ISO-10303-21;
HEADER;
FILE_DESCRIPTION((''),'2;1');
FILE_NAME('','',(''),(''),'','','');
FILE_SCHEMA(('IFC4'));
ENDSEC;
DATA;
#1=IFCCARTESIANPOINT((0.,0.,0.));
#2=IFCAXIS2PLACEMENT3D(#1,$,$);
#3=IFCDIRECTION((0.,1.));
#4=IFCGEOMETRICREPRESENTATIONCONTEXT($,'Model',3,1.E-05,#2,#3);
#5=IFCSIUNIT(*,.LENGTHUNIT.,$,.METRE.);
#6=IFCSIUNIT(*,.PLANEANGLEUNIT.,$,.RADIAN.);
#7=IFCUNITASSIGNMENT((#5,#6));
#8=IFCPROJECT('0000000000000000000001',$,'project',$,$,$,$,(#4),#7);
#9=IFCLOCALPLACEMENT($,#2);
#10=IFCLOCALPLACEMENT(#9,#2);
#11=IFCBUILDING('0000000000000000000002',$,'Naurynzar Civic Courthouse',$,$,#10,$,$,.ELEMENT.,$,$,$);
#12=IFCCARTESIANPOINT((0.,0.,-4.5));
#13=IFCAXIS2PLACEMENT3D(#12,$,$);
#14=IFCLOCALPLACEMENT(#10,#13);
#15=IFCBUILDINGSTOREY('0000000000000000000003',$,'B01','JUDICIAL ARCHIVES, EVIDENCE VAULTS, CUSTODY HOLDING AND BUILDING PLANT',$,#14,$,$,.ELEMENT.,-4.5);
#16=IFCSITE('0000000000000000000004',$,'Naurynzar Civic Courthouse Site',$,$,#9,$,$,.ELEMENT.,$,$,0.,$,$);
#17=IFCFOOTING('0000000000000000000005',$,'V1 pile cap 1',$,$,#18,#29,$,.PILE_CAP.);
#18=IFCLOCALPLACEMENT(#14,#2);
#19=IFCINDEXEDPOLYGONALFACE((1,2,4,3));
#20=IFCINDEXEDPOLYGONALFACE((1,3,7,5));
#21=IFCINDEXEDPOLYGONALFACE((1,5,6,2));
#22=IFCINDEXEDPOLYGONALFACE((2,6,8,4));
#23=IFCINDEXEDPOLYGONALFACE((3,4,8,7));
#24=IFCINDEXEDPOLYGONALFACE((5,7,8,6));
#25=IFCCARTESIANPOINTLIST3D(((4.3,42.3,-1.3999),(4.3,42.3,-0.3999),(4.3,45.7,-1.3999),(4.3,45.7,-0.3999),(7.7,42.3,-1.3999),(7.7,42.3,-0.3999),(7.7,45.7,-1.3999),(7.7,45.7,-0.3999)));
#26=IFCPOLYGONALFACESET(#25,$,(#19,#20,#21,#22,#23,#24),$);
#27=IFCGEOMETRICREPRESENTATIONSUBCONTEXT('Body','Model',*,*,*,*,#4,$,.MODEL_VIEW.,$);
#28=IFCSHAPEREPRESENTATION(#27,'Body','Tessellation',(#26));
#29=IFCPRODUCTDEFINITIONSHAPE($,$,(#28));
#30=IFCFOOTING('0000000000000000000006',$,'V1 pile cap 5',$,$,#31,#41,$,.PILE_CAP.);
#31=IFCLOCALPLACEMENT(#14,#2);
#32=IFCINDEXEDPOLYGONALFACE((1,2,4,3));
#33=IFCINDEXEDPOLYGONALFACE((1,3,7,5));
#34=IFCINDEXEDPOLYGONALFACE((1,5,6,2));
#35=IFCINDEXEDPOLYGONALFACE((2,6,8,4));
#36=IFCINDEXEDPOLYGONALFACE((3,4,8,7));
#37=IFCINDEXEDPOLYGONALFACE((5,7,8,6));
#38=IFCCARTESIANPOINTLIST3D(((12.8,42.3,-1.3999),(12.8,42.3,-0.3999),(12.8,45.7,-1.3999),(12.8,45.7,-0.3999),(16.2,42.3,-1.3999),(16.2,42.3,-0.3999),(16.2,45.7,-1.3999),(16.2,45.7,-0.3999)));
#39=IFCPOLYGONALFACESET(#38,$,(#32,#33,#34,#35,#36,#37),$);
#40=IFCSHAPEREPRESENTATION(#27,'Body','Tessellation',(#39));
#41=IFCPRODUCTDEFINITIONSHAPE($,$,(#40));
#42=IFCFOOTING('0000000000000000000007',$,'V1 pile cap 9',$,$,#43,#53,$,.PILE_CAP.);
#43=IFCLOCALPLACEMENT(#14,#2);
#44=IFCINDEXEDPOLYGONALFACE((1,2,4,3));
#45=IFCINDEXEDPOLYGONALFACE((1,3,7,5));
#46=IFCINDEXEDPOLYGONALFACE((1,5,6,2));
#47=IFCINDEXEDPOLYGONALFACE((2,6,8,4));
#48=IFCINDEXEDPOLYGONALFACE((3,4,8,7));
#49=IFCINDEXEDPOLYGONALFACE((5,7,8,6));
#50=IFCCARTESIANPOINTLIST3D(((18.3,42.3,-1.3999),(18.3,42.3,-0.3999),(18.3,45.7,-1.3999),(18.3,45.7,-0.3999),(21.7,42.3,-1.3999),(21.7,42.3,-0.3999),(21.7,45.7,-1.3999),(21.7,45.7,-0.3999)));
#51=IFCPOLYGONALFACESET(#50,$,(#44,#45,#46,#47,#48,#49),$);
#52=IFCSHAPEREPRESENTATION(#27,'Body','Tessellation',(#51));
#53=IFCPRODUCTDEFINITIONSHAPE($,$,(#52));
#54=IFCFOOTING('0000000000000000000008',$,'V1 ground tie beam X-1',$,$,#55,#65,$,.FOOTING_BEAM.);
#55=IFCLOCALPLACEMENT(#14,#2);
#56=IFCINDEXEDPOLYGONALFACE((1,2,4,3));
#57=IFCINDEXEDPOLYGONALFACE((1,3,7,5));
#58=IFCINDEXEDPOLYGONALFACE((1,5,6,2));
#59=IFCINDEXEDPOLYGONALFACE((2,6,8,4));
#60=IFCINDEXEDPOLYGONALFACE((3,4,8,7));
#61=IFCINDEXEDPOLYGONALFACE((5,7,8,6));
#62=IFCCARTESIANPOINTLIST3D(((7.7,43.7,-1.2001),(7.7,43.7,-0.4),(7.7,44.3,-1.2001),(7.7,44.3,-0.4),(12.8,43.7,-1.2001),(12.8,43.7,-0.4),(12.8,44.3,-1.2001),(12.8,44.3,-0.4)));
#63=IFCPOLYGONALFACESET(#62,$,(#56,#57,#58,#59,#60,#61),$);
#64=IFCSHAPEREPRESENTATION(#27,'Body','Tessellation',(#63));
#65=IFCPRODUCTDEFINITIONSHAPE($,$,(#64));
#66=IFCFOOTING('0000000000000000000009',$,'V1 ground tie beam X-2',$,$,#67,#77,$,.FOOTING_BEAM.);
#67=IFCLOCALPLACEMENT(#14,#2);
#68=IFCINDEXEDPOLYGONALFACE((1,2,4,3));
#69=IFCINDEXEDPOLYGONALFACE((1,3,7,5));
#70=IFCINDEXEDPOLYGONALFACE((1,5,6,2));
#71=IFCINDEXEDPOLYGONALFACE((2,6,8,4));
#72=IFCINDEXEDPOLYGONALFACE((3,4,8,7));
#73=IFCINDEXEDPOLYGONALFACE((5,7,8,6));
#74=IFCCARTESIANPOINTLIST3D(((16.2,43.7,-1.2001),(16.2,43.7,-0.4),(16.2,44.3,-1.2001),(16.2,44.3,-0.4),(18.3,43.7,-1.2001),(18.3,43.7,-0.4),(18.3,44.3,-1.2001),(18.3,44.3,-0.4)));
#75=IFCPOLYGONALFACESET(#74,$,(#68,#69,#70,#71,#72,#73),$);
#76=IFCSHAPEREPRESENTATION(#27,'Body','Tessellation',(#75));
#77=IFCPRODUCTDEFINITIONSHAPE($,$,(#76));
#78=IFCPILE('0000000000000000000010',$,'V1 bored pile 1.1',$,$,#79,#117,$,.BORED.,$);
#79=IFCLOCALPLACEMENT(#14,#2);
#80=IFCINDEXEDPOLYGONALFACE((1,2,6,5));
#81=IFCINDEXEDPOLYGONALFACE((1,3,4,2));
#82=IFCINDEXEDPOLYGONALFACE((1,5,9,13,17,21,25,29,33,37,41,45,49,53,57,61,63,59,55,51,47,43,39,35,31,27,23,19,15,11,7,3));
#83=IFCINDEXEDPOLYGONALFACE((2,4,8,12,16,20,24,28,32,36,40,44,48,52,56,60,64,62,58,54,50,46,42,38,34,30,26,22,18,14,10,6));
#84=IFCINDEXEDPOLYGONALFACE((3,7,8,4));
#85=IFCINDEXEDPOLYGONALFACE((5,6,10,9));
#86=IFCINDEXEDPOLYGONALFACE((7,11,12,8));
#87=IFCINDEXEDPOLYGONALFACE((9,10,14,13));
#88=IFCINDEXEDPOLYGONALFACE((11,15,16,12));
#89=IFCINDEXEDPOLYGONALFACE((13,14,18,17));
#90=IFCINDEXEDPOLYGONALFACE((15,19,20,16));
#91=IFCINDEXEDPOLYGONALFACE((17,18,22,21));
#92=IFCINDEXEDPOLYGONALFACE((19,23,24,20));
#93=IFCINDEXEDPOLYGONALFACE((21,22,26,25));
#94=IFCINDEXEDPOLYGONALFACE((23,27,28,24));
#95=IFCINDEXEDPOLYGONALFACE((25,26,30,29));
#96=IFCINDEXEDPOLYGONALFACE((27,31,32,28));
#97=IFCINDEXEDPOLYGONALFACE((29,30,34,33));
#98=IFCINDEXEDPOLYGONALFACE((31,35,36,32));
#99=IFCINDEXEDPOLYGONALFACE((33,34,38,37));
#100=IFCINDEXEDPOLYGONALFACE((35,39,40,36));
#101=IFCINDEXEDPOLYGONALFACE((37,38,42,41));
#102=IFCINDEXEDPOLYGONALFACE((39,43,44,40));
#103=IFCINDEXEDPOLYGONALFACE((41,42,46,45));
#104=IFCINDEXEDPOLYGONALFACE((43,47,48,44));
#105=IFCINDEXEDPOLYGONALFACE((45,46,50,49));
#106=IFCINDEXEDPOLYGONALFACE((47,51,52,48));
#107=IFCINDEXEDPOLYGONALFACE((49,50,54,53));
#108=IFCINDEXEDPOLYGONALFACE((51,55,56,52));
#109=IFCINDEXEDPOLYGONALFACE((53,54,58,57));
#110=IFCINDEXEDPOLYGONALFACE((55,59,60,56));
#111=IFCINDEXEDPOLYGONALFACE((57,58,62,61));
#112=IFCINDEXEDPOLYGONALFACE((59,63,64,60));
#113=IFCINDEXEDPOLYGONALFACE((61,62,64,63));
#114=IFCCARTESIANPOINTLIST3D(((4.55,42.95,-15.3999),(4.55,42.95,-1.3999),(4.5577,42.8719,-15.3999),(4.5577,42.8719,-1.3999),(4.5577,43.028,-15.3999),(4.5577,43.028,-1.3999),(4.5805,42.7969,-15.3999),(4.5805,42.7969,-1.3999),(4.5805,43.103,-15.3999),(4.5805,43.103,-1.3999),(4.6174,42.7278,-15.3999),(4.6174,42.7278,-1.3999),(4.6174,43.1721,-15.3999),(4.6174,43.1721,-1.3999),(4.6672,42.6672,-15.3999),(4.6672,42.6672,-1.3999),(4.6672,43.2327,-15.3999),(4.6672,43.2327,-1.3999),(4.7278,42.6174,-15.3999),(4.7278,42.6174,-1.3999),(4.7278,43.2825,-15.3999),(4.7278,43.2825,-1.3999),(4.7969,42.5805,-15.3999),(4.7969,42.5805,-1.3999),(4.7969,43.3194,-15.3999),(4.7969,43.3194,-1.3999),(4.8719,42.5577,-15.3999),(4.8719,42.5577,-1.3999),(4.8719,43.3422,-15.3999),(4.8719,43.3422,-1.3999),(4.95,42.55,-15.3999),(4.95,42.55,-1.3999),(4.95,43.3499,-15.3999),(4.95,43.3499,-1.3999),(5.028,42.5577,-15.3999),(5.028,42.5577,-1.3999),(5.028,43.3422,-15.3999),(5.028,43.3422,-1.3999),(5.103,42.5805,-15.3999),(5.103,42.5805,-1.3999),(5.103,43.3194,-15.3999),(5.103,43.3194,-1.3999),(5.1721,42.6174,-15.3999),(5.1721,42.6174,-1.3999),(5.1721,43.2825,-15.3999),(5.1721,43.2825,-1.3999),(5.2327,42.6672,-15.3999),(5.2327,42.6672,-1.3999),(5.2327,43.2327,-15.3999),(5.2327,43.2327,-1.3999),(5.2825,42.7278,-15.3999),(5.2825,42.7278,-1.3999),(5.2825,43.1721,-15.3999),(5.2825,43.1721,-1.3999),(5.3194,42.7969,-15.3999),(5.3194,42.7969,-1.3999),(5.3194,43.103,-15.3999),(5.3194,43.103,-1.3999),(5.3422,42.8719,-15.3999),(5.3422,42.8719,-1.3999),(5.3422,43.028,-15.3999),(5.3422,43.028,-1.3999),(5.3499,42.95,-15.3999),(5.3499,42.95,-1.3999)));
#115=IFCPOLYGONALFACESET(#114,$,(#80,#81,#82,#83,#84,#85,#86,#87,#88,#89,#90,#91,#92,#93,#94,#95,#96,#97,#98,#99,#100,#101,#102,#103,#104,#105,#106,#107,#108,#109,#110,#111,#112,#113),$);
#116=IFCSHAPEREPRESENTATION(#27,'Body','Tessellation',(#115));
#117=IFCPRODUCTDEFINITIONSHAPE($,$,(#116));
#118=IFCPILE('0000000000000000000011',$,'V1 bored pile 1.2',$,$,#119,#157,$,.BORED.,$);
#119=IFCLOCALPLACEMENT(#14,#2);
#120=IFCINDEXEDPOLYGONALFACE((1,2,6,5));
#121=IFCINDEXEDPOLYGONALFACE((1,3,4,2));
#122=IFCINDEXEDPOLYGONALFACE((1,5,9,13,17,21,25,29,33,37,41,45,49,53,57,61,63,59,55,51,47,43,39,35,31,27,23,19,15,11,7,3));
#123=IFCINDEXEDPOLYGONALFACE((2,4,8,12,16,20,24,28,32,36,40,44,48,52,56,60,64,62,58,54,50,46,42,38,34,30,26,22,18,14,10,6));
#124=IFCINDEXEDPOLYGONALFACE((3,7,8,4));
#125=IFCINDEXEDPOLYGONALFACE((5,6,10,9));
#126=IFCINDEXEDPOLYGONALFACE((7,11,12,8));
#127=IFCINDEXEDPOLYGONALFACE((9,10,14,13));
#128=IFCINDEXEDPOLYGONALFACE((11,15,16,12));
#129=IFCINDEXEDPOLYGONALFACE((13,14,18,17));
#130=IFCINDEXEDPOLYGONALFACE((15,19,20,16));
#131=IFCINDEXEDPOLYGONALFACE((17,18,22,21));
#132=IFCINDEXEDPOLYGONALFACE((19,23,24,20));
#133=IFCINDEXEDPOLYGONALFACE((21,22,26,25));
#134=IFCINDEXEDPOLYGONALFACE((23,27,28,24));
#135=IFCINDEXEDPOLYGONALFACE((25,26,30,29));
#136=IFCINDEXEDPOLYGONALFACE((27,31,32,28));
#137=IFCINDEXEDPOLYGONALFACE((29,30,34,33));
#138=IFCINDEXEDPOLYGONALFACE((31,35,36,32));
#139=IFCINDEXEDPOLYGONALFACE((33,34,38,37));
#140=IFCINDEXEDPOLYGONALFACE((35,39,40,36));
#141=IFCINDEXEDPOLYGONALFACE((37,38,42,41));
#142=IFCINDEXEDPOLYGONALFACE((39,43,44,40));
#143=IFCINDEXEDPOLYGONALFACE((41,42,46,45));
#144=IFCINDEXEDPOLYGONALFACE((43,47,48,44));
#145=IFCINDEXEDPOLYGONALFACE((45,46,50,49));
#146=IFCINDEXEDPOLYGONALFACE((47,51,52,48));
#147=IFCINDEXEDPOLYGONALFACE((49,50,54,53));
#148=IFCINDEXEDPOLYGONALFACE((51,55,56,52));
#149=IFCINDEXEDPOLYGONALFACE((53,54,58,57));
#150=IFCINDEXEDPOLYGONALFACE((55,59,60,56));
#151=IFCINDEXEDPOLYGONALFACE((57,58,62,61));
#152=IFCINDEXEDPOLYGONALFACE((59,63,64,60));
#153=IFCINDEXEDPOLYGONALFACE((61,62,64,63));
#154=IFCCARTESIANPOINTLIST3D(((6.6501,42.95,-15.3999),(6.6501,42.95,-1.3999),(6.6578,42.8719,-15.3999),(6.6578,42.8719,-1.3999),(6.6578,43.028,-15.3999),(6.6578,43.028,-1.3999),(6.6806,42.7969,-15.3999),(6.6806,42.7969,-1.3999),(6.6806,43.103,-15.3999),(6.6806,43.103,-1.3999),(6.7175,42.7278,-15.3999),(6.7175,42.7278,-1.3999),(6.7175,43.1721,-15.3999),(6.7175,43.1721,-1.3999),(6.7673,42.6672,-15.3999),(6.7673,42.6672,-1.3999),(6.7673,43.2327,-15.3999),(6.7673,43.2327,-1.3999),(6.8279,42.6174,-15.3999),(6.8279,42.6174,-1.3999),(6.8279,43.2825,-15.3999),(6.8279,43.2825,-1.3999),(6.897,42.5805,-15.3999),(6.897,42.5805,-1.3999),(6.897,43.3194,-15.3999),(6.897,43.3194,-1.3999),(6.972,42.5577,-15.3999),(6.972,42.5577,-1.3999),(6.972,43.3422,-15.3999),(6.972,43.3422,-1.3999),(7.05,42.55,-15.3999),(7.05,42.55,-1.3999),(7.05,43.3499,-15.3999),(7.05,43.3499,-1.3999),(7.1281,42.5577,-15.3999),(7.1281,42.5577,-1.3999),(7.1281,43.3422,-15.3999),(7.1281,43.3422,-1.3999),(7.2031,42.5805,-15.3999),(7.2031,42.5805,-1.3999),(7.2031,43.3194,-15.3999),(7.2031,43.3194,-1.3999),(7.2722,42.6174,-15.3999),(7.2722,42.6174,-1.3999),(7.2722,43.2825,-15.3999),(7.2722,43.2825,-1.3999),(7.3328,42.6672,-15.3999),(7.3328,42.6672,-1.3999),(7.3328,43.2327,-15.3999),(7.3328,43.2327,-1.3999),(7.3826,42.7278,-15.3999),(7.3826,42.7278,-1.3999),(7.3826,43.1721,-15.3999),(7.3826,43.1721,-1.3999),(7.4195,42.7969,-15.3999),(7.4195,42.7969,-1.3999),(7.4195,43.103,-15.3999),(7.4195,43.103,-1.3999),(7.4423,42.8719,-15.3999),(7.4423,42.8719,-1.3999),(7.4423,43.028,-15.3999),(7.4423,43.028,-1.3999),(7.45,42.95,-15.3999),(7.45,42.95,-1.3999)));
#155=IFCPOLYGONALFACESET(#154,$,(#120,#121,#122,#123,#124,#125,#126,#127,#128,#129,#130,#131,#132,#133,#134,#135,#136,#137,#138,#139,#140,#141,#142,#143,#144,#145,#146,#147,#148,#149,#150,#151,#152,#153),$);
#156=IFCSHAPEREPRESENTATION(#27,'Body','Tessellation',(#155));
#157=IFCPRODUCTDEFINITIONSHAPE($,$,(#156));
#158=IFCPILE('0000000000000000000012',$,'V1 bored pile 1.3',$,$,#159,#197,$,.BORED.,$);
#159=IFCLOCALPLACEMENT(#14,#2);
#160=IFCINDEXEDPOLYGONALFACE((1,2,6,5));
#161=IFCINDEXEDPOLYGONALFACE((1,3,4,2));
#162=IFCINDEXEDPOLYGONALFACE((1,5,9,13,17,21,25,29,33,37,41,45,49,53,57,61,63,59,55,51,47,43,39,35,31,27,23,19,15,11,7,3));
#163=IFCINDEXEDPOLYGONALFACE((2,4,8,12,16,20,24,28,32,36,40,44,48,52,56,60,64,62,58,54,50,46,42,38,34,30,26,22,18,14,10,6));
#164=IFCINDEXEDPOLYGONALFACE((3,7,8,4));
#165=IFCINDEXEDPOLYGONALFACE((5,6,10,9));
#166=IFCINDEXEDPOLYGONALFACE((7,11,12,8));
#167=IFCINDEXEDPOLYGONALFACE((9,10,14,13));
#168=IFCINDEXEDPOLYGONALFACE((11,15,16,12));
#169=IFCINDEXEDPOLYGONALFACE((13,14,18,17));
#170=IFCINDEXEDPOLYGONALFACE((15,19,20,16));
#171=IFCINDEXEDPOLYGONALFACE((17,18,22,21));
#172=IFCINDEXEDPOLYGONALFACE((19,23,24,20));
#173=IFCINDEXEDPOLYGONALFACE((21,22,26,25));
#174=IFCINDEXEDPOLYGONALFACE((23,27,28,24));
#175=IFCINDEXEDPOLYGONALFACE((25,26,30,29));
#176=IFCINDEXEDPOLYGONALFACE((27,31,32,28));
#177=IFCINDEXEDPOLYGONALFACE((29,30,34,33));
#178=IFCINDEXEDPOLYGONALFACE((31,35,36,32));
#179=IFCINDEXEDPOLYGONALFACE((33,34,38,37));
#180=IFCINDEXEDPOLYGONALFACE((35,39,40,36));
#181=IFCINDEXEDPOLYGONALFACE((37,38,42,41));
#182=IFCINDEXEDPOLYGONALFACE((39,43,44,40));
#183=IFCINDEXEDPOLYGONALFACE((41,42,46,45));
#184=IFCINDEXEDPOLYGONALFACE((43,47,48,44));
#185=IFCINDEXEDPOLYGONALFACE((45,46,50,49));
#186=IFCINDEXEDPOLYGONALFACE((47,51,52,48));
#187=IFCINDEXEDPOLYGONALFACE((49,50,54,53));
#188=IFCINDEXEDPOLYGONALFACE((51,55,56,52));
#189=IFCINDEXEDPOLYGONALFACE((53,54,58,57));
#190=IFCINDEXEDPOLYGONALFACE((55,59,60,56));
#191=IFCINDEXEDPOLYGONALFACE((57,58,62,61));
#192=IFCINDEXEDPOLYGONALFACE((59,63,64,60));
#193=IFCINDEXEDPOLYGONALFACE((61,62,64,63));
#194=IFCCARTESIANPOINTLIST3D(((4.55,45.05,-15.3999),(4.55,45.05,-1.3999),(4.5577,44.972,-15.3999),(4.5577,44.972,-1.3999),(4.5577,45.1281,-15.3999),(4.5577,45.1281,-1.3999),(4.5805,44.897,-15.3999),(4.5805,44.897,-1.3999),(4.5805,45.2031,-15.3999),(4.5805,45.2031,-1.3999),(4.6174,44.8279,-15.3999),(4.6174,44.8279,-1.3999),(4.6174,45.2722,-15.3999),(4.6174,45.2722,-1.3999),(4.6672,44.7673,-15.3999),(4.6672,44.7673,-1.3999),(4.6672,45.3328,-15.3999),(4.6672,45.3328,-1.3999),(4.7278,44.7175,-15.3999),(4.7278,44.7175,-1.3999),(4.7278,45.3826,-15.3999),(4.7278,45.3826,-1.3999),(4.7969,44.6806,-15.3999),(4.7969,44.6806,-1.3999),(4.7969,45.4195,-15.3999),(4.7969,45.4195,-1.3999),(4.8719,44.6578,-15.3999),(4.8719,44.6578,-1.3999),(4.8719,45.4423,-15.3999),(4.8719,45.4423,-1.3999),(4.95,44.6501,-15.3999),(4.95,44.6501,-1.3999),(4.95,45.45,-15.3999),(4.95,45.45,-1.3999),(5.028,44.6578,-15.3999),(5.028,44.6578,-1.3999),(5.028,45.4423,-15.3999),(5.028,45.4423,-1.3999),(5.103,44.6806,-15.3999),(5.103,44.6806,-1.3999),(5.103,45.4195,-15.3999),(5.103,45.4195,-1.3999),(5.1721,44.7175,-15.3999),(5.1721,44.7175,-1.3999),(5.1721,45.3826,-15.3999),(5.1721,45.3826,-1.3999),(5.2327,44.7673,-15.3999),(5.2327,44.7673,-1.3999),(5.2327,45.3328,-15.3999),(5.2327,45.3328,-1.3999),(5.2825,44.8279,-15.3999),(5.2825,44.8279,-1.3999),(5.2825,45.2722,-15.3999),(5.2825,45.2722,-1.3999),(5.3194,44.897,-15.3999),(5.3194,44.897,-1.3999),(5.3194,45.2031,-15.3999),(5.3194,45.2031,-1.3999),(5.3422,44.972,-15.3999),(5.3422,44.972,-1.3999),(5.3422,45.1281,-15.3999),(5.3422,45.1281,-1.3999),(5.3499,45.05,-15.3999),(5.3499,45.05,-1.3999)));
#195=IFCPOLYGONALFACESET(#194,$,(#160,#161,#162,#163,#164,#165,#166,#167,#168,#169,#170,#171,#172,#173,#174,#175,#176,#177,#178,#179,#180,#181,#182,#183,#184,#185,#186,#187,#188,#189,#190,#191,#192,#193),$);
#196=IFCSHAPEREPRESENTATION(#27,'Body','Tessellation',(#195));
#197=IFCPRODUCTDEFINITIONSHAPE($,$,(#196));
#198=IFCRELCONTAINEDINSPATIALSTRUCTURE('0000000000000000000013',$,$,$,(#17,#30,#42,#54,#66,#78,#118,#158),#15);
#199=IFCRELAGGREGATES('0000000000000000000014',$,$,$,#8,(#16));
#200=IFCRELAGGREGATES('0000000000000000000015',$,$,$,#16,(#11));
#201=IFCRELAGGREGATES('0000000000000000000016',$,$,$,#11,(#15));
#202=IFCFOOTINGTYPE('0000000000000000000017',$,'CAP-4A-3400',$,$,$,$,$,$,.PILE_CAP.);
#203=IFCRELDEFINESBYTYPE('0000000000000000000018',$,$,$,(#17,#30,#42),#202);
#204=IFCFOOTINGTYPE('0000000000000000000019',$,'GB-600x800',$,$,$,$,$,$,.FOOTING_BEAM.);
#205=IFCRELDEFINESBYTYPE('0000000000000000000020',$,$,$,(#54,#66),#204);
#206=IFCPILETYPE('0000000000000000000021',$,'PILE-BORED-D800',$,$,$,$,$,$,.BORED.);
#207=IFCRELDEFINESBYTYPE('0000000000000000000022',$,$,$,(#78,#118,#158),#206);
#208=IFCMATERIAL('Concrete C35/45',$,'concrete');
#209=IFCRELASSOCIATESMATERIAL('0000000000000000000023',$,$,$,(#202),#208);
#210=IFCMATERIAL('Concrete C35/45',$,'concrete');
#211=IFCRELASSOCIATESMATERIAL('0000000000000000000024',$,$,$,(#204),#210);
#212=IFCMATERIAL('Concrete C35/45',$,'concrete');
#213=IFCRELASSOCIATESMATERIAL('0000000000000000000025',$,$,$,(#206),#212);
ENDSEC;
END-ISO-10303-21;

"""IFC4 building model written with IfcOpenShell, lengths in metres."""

from ifc_helpers import new_model, si_unit, direction, frame, origin, origin_2d, place, context, subcontext, project, spatial, rectangle, circle, extrude, material, material_profile, profile_set, type_object, element, save


model = new_model("IFC4")

# Units and contexts
model_context = context("Model", 3, precision=1e-05, world=origin(), true_north=direction((0.0, 1.0)))
body_context = subcontext(model_context, "Body", "Model", "MODEL_VIEW")
ifc_project = project(units=[si_unit("LENGTHUNIT", "METRE"), si_unit("PLANEANGLEUNIT", "RADIAN")], contexts=[model_context])

# Site, building, storey
site_placement = place(None, origin())
site = spatial("IfcSite", under=ifc_project, at=site_placement, Name="Naurynzar Civic Courthouse Site", CompositionType="ELEMENT", RefElevation=0.0)
building_placement = place(site_placement, origin())
building = spatial("IfcBuilding", under=site, at=building_placement, Name="Naurynzar Civic Courthouse", CompositionType="ELEMENT")
storey_placement = place(building_placement, frame((0.0, 0.0, -4.5)))
storey = spatial("IfcBuildingStorey", under=building, at=storey_placement, Name="B01", Description="JUDICIAL ARCHIVES, EVIDENCE VAULTS, CUSTODY HOLDING AND BUILDING PLANT", CompositionType="ELEMENT", Elevation=-4.5)

# Footings
ifc_material_1 = material(Name="Concrete C35/45", Category="concrete")
footing_type_1 = type_object("IfcFootingType", Name="CAP-4A-3400", PredefinedType="PILE_CAP", material=ifc_material_1)
for number, where, z_axis, x_axis, name in (
    (1, (6.0, 44.0, -1.3999), (0.0, 0.0, 1.0), (1.0, 0.0, 0.0), "V1 pile cap 1"),
    (2, (14.5, 44.0, -1.3999), (0.0, 0.0, 1.0), (1.0, 0.0, 0.0), "V1 pile cap 5"),
    (3, (20.0, 44.0, -1.3999), (0.0, 0.0, 1.0), (1.0, 0.0, 0.0), "V1 pile cap 9"),
):
    element("IfcFooting", number, at=place(storey_placement, frame(where, z_axis=z_axis, x_axis=x_axis)), inside=storey, type_object=footing_type_1, Name=name, PredefinedType="PILE_CAP", context=body_context, shape_type="SweptSolid", body=[
        extrude(rectangle(XDim=3.3999, YDim=3.3999, at=origin_2d()), origin(), (0.0, 0.0, 1.0), 1.0),
    ])
ifc_material_2 = material(Name="Concrete C35/45", Category="concrete")
ifc_material_profile_1 = material_profile(ifc_material_2, rectangle(XDim=0.6001, YDim=0.8, at=origin_2d()), Name="GB 600x800")
ifc_profile_set_1 = profile_set([ifc_material_profile_1], Name="Concrete C35/45")
footing_type_2 = type_object("IfcFootingType", Name="GB-600x800", PredefinedType="FOOTING_BEAM", material=ifc_profile_set_1)
footing_1_placement = place(storey_placement, frame((7.7, 44.0, -0.8), z_axis=(1.0, 0.0, 0.0), x_axis=(0.0, 1.0, 0.0)))
element("IfcFooting", 4, at=footing_1_placement, inside=storey, type_object=footing_type_2, Name="V1 ground tie beam X-1", PredefinedType="FOOTING_BEAM", context=body_context, shape_type="SweptSolid", body=[
    extrude(rectangle(XDim=0.6001, YDim=0.8, at=origin_2d()), origin(), (0.0, 0.0, 1.0), 5.1001),
])
footing_2_placement = place(storey_placement, frame((16.2, 44.0, -0.8), z_axis=(1.0, 0.0, 0.0), x_axis=(0.0, 1.0, 0.0)))
element("IfcFooting", 5, at=footing_2_placement, inside=storey, type_object=footing_type_2, Name="V1 ground tie beam X-2", PredefinedType="FOOTING_BEAM", context=body_context, shape_type="SweptSolid", body=[
    extrude(rectangle(XDim=0.6001, YDim=0.8, at=origin_2d()), origin(), (0.0, 0.0, 1.0), 2.1001),
])

# Piles
ifc_material_3 = material(Name="Concrete C35/45", Category="concrete")
ifc_material_profile_2 = material_profile(ifc_material_3, circle(Radius=0.3999, at=origin_2d()), Name="PILE D800")
ifc_profile_set_2 = profile_set([ifc_material_profile_2], Name="Concrete C35/45")
pile_type = type_object("IfcPileType", Name="PILE-BORED-D800", PredefinedType="BORED", material=ifc_profile_set_2)
for number, where, z_axis, x_axis, name in (
    (6, (4.95, 42.95, -1.3999), (0.0, 0.0, -1.0), (1.0, 0.0, 0.0), "V1 bored pile 1.1"),
    (7, (7.05, 42.95, -1.3999), (0.0, 0.0, -1.0), (1.0, 0.0, 0.0), "V1 bored pile 1.2"),
    (8, (4.95, 45.05, -1.3999), (0.0, 0.0, -1.0), (1.0, 0.0, 0.0), "V1 bored pile 1.3"),
):
    element("IfcPile", number, at=place(storey_placement, frame(where, z_axis=z_axis, x_axis=x_axis)), inside=storey, type_object=pile_type, Name=name, PredefinedType="BORED", context=body_context, shape_type="SweptSolid", body=[
        extrude(circle(Radius=0.3999, at=origin_2d()), origin(), (0.0, 0.0, 1.0), 14.0),
    ])

save(model, "model.ifc")
